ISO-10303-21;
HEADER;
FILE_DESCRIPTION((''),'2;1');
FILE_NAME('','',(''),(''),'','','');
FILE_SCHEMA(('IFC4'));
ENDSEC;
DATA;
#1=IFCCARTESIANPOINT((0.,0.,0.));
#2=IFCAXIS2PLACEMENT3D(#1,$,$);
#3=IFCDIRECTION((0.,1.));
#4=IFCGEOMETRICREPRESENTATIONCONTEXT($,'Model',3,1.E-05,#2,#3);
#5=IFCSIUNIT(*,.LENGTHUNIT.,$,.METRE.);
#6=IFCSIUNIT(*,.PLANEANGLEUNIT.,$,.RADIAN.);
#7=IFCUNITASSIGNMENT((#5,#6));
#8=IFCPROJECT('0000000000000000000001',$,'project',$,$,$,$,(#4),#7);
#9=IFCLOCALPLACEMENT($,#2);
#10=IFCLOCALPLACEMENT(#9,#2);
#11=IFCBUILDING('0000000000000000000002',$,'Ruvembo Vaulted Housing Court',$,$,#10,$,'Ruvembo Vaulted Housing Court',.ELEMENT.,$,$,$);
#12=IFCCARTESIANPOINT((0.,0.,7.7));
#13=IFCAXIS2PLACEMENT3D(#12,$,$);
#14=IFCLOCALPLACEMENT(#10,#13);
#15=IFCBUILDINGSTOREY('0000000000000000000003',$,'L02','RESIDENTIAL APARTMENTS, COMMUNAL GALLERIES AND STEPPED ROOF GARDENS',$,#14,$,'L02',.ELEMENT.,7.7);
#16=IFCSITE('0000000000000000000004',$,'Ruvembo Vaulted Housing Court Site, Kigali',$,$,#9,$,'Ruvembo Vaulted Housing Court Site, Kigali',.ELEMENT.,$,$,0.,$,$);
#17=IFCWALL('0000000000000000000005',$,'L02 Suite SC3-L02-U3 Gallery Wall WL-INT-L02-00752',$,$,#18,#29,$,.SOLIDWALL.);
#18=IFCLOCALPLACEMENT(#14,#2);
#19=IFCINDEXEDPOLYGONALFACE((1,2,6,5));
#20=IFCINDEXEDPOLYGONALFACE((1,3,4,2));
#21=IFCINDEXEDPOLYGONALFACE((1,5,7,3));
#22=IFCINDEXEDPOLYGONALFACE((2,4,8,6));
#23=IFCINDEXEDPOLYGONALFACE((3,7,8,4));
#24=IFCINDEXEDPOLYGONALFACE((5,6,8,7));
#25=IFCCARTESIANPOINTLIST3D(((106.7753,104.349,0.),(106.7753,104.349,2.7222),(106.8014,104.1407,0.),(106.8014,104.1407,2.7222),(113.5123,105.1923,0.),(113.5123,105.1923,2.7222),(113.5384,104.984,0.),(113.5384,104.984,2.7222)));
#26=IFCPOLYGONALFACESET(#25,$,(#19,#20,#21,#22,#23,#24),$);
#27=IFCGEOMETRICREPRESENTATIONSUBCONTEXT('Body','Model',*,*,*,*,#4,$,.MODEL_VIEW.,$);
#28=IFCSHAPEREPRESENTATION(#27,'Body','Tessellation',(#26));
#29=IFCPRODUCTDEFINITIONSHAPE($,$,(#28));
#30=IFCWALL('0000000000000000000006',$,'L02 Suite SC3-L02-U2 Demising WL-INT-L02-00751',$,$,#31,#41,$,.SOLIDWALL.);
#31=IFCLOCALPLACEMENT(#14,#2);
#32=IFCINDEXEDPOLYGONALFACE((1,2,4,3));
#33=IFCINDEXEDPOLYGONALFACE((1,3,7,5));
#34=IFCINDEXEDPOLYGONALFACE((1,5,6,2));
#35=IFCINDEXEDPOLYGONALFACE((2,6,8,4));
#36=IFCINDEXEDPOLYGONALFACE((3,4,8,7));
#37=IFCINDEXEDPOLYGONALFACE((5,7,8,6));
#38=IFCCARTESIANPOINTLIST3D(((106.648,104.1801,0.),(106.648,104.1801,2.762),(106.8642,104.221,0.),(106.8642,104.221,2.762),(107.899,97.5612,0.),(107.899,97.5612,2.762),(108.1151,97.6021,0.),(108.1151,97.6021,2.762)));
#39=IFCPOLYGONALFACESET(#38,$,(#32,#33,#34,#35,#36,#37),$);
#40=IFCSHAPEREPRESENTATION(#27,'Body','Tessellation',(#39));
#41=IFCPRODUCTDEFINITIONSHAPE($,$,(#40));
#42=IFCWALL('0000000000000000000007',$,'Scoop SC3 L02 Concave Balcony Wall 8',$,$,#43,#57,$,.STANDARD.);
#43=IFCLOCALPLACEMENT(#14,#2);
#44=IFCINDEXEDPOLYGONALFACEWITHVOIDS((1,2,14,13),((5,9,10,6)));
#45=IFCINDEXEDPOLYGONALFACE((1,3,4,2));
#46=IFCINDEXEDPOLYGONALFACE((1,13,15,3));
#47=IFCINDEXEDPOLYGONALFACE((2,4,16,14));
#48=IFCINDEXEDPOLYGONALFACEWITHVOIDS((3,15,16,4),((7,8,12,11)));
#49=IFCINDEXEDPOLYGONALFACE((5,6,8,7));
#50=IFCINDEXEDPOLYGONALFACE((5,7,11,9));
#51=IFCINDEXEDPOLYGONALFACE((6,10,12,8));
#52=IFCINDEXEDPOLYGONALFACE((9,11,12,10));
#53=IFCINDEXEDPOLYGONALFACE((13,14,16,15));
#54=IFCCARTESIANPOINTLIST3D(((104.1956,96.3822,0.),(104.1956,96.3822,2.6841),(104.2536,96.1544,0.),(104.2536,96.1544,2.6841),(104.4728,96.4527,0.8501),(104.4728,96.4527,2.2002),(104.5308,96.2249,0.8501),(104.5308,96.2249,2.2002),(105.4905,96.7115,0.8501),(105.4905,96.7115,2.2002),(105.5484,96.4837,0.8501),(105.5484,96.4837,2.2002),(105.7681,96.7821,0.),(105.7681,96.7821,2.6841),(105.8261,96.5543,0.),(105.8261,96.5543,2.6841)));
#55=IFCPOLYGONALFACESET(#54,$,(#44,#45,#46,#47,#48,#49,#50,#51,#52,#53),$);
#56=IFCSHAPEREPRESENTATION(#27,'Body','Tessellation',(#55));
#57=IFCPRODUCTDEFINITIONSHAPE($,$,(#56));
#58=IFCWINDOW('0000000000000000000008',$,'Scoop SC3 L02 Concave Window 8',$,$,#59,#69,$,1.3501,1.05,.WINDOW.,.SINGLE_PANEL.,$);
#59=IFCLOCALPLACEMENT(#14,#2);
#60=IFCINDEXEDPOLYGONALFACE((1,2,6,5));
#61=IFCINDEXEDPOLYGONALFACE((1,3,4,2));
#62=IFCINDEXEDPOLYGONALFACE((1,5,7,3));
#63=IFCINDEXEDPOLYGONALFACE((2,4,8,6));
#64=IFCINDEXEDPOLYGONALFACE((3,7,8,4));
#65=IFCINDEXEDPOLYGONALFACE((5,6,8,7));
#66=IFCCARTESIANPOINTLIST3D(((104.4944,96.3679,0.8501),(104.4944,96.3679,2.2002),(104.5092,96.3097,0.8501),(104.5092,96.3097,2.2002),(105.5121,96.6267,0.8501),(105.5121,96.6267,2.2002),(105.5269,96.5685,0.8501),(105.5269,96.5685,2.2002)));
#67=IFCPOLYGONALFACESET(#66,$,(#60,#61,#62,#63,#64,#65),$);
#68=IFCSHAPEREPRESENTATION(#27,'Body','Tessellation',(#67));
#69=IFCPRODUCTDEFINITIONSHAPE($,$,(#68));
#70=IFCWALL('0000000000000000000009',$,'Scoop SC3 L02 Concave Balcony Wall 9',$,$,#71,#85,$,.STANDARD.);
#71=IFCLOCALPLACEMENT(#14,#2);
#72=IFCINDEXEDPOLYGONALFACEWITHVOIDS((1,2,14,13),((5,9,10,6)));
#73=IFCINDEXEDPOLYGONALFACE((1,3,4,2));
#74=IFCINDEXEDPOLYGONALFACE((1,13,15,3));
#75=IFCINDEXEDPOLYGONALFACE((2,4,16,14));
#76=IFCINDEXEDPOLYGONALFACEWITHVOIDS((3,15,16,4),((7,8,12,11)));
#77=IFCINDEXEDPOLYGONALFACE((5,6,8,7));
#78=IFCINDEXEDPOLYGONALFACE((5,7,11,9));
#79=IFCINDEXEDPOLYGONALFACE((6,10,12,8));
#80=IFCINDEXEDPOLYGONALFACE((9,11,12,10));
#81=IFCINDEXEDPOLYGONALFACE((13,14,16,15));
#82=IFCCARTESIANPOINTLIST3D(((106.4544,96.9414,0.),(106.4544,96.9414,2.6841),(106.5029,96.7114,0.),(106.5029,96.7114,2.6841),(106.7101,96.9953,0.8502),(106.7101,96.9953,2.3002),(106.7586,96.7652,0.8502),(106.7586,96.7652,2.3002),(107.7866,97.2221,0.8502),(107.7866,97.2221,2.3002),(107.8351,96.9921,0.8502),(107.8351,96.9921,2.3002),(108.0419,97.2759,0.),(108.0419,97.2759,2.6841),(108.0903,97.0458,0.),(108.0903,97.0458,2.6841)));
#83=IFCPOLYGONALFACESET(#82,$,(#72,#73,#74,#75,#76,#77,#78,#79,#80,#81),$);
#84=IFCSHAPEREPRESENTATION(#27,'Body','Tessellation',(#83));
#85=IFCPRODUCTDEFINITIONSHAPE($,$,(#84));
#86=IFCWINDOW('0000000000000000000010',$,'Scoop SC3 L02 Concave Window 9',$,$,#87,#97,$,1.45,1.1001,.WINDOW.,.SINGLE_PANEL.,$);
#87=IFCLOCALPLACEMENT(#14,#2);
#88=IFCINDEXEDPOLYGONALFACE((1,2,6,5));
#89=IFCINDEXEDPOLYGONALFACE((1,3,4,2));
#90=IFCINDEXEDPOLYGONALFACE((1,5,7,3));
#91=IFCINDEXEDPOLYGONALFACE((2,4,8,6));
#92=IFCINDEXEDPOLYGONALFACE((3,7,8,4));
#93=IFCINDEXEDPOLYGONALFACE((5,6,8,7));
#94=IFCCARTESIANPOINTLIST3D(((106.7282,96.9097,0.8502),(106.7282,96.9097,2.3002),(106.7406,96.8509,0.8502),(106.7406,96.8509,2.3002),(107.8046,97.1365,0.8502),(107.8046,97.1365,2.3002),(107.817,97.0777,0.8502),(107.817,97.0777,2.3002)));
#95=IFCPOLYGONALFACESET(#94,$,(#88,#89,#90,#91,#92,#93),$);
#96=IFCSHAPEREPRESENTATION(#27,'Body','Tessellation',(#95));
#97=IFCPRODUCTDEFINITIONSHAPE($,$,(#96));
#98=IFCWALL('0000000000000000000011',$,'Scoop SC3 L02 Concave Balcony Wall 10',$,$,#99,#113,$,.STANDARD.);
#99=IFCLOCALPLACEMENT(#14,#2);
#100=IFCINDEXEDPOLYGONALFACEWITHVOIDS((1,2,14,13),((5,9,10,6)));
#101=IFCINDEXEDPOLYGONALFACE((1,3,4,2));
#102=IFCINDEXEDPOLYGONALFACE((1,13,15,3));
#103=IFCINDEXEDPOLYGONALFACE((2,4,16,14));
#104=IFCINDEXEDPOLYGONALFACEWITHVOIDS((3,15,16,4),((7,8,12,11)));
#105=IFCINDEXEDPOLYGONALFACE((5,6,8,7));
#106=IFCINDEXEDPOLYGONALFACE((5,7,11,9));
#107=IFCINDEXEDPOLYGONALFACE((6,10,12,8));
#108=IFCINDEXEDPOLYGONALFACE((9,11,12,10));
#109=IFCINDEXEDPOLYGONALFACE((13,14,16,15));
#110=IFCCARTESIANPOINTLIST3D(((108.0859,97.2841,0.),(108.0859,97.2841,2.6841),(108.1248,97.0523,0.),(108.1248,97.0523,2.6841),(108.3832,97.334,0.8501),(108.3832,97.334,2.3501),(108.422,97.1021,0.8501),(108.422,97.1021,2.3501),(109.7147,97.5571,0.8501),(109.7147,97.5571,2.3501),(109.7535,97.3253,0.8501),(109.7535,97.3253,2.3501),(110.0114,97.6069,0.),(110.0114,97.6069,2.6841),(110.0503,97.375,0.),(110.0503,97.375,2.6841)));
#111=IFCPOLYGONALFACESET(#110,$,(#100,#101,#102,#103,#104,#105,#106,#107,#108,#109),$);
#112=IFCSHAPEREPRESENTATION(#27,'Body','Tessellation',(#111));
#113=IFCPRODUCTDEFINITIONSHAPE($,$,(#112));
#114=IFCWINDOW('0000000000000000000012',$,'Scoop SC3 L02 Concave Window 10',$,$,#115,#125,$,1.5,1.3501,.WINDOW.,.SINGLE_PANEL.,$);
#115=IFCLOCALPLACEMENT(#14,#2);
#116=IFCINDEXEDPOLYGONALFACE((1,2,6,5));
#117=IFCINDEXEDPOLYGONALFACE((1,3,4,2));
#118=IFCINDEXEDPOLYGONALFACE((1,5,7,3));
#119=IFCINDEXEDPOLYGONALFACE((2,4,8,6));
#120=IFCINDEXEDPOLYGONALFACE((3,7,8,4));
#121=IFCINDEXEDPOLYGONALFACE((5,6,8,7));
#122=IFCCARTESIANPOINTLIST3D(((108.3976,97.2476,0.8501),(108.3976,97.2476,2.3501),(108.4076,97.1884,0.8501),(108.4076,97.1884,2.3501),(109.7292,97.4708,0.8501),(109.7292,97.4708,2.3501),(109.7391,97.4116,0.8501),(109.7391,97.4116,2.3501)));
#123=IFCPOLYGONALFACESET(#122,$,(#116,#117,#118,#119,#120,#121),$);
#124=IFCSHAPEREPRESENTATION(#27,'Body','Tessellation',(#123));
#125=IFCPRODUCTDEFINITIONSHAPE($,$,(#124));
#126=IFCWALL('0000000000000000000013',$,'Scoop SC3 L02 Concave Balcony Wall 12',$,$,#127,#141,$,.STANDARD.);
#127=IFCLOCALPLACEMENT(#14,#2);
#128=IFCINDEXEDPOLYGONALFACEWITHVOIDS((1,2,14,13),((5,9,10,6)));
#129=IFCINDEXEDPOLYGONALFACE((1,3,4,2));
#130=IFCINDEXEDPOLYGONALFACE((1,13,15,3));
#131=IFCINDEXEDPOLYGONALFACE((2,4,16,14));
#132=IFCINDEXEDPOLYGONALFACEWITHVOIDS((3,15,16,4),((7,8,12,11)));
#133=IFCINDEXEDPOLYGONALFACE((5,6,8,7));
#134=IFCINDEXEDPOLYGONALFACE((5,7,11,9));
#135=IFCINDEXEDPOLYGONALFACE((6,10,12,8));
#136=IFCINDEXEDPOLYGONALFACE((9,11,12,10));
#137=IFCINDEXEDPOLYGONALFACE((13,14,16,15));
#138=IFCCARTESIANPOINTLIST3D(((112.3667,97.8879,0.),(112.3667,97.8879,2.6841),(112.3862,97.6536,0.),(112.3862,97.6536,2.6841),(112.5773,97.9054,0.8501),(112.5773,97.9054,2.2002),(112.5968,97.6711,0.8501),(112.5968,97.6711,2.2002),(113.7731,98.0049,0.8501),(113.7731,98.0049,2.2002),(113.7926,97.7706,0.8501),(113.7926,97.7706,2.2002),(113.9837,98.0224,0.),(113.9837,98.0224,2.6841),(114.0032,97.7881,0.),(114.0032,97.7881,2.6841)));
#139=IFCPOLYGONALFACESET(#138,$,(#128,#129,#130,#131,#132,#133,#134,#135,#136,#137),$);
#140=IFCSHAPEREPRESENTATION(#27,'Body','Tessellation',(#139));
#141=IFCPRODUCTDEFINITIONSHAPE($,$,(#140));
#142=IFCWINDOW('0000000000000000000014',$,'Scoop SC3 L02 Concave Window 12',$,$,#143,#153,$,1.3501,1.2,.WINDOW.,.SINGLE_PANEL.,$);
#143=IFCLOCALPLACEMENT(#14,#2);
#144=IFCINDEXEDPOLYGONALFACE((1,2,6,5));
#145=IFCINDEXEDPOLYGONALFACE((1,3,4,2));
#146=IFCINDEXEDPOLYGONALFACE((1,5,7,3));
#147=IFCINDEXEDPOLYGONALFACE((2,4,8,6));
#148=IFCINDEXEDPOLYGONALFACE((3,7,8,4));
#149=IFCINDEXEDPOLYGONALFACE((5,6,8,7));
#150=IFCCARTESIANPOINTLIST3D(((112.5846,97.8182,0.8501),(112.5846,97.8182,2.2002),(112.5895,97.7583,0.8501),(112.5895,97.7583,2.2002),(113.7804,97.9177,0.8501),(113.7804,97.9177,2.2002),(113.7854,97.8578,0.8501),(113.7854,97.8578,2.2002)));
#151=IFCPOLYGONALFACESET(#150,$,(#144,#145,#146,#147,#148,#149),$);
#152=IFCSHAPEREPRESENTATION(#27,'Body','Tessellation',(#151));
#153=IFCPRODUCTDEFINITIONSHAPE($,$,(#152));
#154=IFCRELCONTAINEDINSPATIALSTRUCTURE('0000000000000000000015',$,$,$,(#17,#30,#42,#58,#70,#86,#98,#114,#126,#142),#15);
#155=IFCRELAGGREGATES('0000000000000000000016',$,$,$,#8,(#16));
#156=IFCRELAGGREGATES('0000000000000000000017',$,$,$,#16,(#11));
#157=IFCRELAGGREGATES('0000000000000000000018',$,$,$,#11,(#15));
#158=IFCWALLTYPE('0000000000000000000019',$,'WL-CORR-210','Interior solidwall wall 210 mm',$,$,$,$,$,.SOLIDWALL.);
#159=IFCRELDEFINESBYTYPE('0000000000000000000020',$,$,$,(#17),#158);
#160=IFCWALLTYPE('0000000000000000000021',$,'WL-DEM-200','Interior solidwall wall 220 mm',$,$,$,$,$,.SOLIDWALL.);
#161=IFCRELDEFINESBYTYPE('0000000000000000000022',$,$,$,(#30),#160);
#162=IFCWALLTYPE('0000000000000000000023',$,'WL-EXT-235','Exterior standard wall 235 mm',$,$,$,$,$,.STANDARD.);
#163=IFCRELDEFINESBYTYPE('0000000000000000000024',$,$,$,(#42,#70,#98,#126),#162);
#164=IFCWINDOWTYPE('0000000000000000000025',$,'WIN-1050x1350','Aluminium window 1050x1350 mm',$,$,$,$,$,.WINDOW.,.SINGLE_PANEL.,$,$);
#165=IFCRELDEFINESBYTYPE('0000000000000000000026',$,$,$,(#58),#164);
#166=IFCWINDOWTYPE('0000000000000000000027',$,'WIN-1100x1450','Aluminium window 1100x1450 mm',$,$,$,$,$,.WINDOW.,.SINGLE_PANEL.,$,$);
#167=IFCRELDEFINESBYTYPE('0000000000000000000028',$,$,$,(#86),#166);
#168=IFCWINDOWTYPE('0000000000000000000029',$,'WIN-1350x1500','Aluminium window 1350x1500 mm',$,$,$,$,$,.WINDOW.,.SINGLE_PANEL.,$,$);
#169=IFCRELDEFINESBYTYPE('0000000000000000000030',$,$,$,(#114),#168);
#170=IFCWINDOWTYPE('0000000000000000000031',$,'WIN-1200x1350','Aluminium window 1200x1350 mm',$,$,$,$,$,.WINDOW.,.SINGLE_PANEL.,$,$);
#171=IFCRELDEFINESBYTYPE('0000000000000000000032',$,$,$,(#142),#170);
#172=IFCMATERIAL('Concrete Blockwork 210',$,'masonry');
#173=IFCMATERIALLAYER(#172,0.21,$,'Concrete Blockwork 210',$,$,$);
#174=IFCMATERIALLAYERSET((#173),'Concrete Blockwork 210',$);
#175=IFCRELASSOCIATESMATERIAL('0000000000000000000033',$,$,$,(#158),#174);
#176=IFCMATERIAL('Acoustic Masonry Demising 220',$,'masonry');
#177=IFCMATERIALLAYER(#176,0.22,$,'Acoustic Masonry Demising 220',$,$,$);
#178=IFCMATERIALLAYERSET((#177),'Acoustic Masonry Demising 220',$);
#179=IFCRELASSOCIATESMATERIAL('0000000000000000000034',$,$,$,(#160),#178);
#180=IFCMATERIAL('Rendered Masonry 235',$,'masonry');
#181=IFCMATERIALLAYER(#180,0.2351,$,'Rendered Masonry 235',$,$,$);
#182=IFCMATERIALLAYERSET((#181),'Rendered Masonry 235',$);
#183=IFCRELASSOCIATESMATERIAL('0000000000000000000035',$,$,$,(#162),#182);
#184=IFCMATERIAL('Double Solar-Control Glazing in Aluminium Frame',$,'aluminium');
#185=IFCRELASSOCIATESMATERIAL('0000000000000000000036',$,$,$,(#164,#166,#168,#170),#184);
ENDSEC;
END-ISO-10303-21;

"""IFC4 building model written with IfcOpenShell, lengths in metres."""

from ifc_helpers import new_model, si_unit, direction, frame, frame_2d, origin, place, context, subcontext, project, spatial, rectangle, extrude, material, layer, layer_set, type_object, element, fill, save


model = new_model("IFC4")

# Units and contexts
model_context = context("Model", 3, precision=1e-05, world=origin(), true_north=direction((0.0, 1.0)))
body_context = subcontext(model_context, "Body", "Model", "MODEL_VIEW")
ifc_project = project(units=[si_unit("LENGTHUNIT", "METRE"), si_unit("PLANEANGLEUNIT", "RADIAN")], contexts=[model_context])

# Site, building, storey
site_placement = place(None, origin())
site = spatial("IfcSite", under=ifc_project, at=site_placement, Name="Ruvembo Vaulted Housing Court Site, Kigali", LongName="Ruvembo Vaulted Housing Court Site, Kigali", CompositionType="ELEMENT", RefElevation=0.0)
building_placement = place(site_placement, origin())
building = spatial("IfcBuilding", under=site, at=building_placement, Name="Ruvembo Vaulted Housing Court", LongName="Ruvembo Vaulted Housing Court", CompositionType="ELEMENT")
storey_placement = place(building_placement, frame((0.0, 0.0, 7.7)))
storey = spatial("IfcBuildingStorey", under=building, at=storey_placement, Name="L02", Description="RESIDENTIAL APARTMENTS, COMMUNAL GALLERIES AND STEPPED ROOF GARDENS", LongName="L02", CompositionType="ELEMENT", Elevation=7.7)

# Walls
ifc_material_1 = material(Name="Concrete Blockwork 210", Category="masonry")
ifc_layer_1 = layer(ifc_material_1, 0.21, Name="Concrete Blockwork 210")
ifc_layer_set_1 = layer_set([ifc_layer_1], Name="Concrete Blockwork 210")
wall_type_1 = type_object("IfcWallType", Name="WL-CORR-210", Description="Interior solidwall wall 210 mm", PredefinedType="SOLIDWALL", material=ifc_layer_set_1)
wall_1_placement = place(storey_placement, frame((106.7883, 104.2449, 0.0), z_axis=(0.0, 0.0, 1.0), x_axis=(0.992257, 0.124198, 0.0)))
element("IfcWall", 1, at=wall_1_placement, inside=storey, type_object=wall_type_1, Name="L02 Suite SC3-L02-U3 Gallery Wall WL-INT-L02-00752", PredefinedType="SOLIDWALL", context=body_context, shape_type="SweptSolid", body=[
    extrude(rectangle(XDim=6.7896, YDim=0.21, at=frame_2d((3.3948, 0.0))), origin(), (0.0, 0.0, 1.0), 2.7222),
])
ifc_material_2 = material(Name="Acoustic Masonry Demising 220", Category="masonry")
ifc_layer_2 = layer(ifc_material_2, 0.22, Name="Acoustic Masonry Demising 220")
ifc_layer_set_2 = layer_set([ifc_layer_2], Name="Acoustic Masonry Demising 220")
wall_type_2 = type_object("IfcWallType", Name="WL-DEM-200", Description="Interior solidwall wall 220 mm", PredefinedType="SOLIDWALL", material=ifc_layer_set_2)
wall_2_placement = place(storey_placement, frame((108.0071, 97.5815, 0.0), z_axis=(0.0, 0.0, 1.0), x_axis=(-0.185713, 0.982604, 0.0)))
element("IfcWall", 2, at=wall_2_placement, inside=storey, type_object=wall_type_2, Name="L02 Suite SC3-L02-U2 Demising WL-INT-L02-00751", PredefinedType="SOLIDWALL", context=body_context, shape_type="SweptSolid", body=[
    extrude(rectangle(XDim=6.7361, YDim=0.22, at=frame_2d((3.3682, 0.0))), origin(), (0.0, 0.0, 1.0), 2.762),
])

# Walls, openings, windows
ifc_material_3 = material(Name="Rendered Masonry 235", Category="masonry")
ifc_layer_3 = layer(ifc_material_3, 0.2351, Name="Rendered Masonry 235")
ifc_layer_set_3 = layer_set([ifc_layer_3], Name="Rendered Masonry 235")
wall_type_3 = type_object("IfcWallType", Name="WL-EXT-235", Description="Exterior standard wall 235 mm", PredefinedType="STANDARD", material=ifc_layer_set_3)
wall_3_placement = place(storey_placement, frame((104.2246, 96.2683, 0.0), z_axis=(0.0, 0.0, 1.0), x_axis=(0.969152, 0.246463, 0.0)))
wall_3 = element("IfcWall", 3, at=wall_3_placement, inside=storey, type_object=wall_type_3, Name="Scoop SC3 L02 Concave Balcony Wall 8", PredefinedType="STANDARD", context=body_context, shape_type="SweptSolid", body=[
    extrude(rectangle(XDim=1.6226, YDim=0.2351, at=frame_2d((0.8113, 0.0))), origin(), (0.0, 0.0, 1.0), 2.6841),
])
opening_1_placement = place(wall_3_placement, frame((0.2861, 0.0, 0.8501)))
opening_1 = element("IfcOpeningElement", 4, at=opening_1_placement, cuts=wall_3, PredefinedType="OPENING", context=body_context, shape_type="SweptSolid", body=[
    extrude(rectangle(XDim=1.05, YDim=1.3501, at=frame_2d((0.5249, 0.675))), frame((0.0, 0.1274, 0.0), z_axis=(0.0, -1.0, 0.0), x_axis=(1.0, 0.0, 0.0)), (0.0, 0.0, 1.0), 0.2551),
])
ifc_material_4 = material(Name="Double Solar-Control Glazing in Aluminium Frame", Category="aluminium")
window_type_1 = type_object("IfcWindowType", Name="WIN-1050x1350", Description="Aluminium window 1050x1350 mm", PartitioningType="SINGLE_PANEL", PredefinedType="WINDOW", material=ifc_material_4)
window_1_placement = place(opening_1_placement, origin())
window_1 = element("IfcWindow", 5, at=window_1_placement, inside=storey, type_object=window_type_1, Name="Scoop SC3 L02 Concave Window 8", OverallHeight=1.3501, OverallWidth=1.05, PartitioningType="SINGLE_PANEL", PredefinedType="WINDOW", context=body_context, shape_type="SweptSolid", body=[
    extrude(rectangle(XDim=1.05, YDim=1.3501, at=frame_2d((0.5249, 0.675))), frame((0.0, 0.03, 0.0), z_axis=(0.0, -1.0, 0.0), x_axis=(1.0, 0.0, 0.0)), (0.0, 0.0, 1.0), 0.0601),
])
fill(opening_1, window_1)
wall_4_placement = place(storey_placement, frame((106.4788, 96.8264, 0.0), z_axis=(0.0, 0.0, 1.0), x_axis=(0.978515, 0.206177, 0.0)))
wall_4 = element("IfcWall", 6, at=wall_4_placement, inside=storey, type_object=wall_type_3, Name="Scoop SC3 L02 Concave Balcony Wall 9", PredefinedType="STANDARD", context=body_context, shape_type="SweptSolid", body=[
    extrude(rectangle(XDim=1.6223, YDim=0.2351, at=frame_2d((0.811, 0.0))), origin(), (0.0, 0.0, 1.0), 2.6841),
])
opening_2_placement = place(wall_4_placement, frame((0.2612, 0.0, 0.8501)))
opening_2 = element("IfcOpeningElement", 7, at=opening_2_placement, cuts=wall_4, PredefinedType="OPENING", context=body_context, shape_type="SweptSolid", body=[
    extrude(rectangle(XDim=1.1001, YDim=1.45, at=frame_2d((0.55, 0.7251))), frame((0.0, 0.1274, 0.0), z_axis=(0.0, -1.0, 0.0), x_axis=(1.0, 0.0, 0.0)), (0.0, 0.0, 1.0), 0.2551),
])
window_type_2 = type_object("IfcWindowType", Name="WIN-1100x1450", Description="Aluminium window 1100x1450 mm", PartitioningType="SINGLE_PANEL", PredefinedType="WINDOW", material=ifc_material_4)
window_2_placement = place(opening_2_placement, origin())
window_2 = element("IfcWindow", 8, at=window_2_placement, inside=storey, type_object=window_type_2, Name="Scoop SC3 L02 Concave Window 9", OverallHeight=1.45, OverallWidth=1.1001, PartitioningType="SINGLE_PANEL", PredefinedType="WINDOW", context=body_context, shape_type="SweptSolid", body=[
    extrude(rectangle(XDim=1.1001, YDim=1.45, at=frame_2d((0.55, 0.7251))), frame((0.0, 0.03, 0.0), z_axis=(0.0, -1.0, 0.0), x_axis=(1.0, 0.0, 0.0)), (0.0, 0.0, 1.0), 0.0601),
])
fill(opening_2, window_2)
wall_5_placement = place(storey_placement, frame((108.1055, 97.1682, 0.0), z_axis=(0.0, 0.0, 1.0), x_axis=(0.986241, 0.165311, 0.0)))
wall_5 = element("IfcWall", 9, at=wall_5_placement, inside=storey, type_object=wall_type_3, Name="Scoop SC3 L02 Concave Balcony Wall 10", PredefinedType="STANDARD", context=body_context, shape_type="SweptSolid", body=[
    extrude(rectangle(XDim=1.9524, YDim=0.2351, at=frame_2d((0.9761, 0.0))), origin(), (0.0, 0.0, 1.0), 2.6841),
])
opening_3_placement = place(wall_5_placement, frame((0.3013, 0.0, 0.8501)))
opening_3 = element("IfcOpeningElement", 10, at=opening_3_placement, cuts=wall_5, PredefinedType="OPENING", context=body_context, shape_type="SweptSolid", body=[
    extrude(rectangle(XDim=1.3501, YDim=1.5, at=frame_2d((0.675, 0.75))), frame((0.0, 0.1274, 0.0), z_axis=(0.0, -1.0, 0.0), x_axis=(1.0, 0.0, 0.0)), (0.0, 0.0, 1.0), 0.2551),
])
window_type_3 = type_object("IfcWindowType", Name="WIN-1350x1500", Description="Aluminium window 1350x1500 mm", PartitioningType="SINGLE_PANEL", PredefinedType="WINDOW", material=ifc_material_4)
window_3_placement = place(opening_3_placement, origin())
window_3 = element("IfcWindow", 11, at=window_3_placement, inside=storey, type_object=window_type_3, Name="Scoop SC3 L02 Concave Window 10", OverallHeight=1.5, OverallWidth=1.3501, PartitioningType="SINGLE_PANEL", PredefinedType="WINDOW", context=body_context, shape_type="SweptSolid", body=[
    extrude(rectangle(XDim=1.3501, YDim=1.5, at=frame_2d((0.675, 0.75))), frame((0.0, 0.03, 0.0), z_axis=(0.0, -1.0, 0.0), x_axis=(1.0, 0.0, 0.0)), (0.0, 0.0, 1.0), 0.0601),
])
fill(opening_3, window_3)

# Wall, opening, window
wall_6_placement = place(storey_placement, frame((112.3765, 97.7708, 0.0), z_axis=(0.0, 0.0, 1.0), x_axis=(0.996557, 0.082909, 0.0)))
wall_6 = element("IfcWall", 12, at=wall_6_placement, inside=storey, type_object=wall_type_3, Name="Scoop SC3 L02 Concave Balcony Wall 12", PredefinedType="STANDARD", context=body_context, shape_type="SweptSolid", body=[
    extrude(rectangle(XDim=1.6226, YDim=0.2351, at=frame_2d((0.8113, 0.0))), origin(), (0.0, 0.0, 1.0), 2.6841),
])
opening_4_placement = place(wall_6_placement, frame((0.2112, 0.0, 0.8501)))
opening_4 = element("IfcOpeningElement", 13, at=opening_4_placement, cuts=wall_6, PredefinedType="OPENING", context=body_context, shape_type="SweptSolid", body=[
    extrude(rectangle(XDim=1.2, YDim=1.3501, at=frame_2d((0.6001, 0.675))), frame((0.0, 0.1274, 0.0), z_axis=(0.0, -1.0, 0.0), x_axis=(1.0, 0.0, 0.0)), (0.0, 0.0, 1.0), 0.2551),
])
window_type_4 = type_object("IfcWindowType", Name="WIN-1200x1350", Description="Aluminium window 1200x1350 mm", PartitioningType="SINGLE_PANEL", PredefinedType="WINDOW", material=ifc_material_4)
window_4_placement = place(opening_4_placement, origin())
window_4 = element("IfcWindow", 14, at=window_4_placement, inside=storey, type_object=window_type_4, Name="Scoop SC3 L02 Concave Window 12", OverallHeight=1.3501, OverallWidth=1.2, PartitioningType="SINGLE_PANEL", PredefinedType="WINDOW", context=body_context, shape_type="SweptSolid", body=[
    extrude(rectangle(XDim=1.2, YDim=1.3501, at=frame_2d((0.6001, 0.675))), frame((0.0, 0.03, 0.0), z_axis=(0.0, -1.0, 0.0), x_axis=(1.0, 0.0, 0.0)), (0.0, 0.0, 1.0), 0.0601),
])
fill(opening_4, window_4)

save(model, "model.ifc")
